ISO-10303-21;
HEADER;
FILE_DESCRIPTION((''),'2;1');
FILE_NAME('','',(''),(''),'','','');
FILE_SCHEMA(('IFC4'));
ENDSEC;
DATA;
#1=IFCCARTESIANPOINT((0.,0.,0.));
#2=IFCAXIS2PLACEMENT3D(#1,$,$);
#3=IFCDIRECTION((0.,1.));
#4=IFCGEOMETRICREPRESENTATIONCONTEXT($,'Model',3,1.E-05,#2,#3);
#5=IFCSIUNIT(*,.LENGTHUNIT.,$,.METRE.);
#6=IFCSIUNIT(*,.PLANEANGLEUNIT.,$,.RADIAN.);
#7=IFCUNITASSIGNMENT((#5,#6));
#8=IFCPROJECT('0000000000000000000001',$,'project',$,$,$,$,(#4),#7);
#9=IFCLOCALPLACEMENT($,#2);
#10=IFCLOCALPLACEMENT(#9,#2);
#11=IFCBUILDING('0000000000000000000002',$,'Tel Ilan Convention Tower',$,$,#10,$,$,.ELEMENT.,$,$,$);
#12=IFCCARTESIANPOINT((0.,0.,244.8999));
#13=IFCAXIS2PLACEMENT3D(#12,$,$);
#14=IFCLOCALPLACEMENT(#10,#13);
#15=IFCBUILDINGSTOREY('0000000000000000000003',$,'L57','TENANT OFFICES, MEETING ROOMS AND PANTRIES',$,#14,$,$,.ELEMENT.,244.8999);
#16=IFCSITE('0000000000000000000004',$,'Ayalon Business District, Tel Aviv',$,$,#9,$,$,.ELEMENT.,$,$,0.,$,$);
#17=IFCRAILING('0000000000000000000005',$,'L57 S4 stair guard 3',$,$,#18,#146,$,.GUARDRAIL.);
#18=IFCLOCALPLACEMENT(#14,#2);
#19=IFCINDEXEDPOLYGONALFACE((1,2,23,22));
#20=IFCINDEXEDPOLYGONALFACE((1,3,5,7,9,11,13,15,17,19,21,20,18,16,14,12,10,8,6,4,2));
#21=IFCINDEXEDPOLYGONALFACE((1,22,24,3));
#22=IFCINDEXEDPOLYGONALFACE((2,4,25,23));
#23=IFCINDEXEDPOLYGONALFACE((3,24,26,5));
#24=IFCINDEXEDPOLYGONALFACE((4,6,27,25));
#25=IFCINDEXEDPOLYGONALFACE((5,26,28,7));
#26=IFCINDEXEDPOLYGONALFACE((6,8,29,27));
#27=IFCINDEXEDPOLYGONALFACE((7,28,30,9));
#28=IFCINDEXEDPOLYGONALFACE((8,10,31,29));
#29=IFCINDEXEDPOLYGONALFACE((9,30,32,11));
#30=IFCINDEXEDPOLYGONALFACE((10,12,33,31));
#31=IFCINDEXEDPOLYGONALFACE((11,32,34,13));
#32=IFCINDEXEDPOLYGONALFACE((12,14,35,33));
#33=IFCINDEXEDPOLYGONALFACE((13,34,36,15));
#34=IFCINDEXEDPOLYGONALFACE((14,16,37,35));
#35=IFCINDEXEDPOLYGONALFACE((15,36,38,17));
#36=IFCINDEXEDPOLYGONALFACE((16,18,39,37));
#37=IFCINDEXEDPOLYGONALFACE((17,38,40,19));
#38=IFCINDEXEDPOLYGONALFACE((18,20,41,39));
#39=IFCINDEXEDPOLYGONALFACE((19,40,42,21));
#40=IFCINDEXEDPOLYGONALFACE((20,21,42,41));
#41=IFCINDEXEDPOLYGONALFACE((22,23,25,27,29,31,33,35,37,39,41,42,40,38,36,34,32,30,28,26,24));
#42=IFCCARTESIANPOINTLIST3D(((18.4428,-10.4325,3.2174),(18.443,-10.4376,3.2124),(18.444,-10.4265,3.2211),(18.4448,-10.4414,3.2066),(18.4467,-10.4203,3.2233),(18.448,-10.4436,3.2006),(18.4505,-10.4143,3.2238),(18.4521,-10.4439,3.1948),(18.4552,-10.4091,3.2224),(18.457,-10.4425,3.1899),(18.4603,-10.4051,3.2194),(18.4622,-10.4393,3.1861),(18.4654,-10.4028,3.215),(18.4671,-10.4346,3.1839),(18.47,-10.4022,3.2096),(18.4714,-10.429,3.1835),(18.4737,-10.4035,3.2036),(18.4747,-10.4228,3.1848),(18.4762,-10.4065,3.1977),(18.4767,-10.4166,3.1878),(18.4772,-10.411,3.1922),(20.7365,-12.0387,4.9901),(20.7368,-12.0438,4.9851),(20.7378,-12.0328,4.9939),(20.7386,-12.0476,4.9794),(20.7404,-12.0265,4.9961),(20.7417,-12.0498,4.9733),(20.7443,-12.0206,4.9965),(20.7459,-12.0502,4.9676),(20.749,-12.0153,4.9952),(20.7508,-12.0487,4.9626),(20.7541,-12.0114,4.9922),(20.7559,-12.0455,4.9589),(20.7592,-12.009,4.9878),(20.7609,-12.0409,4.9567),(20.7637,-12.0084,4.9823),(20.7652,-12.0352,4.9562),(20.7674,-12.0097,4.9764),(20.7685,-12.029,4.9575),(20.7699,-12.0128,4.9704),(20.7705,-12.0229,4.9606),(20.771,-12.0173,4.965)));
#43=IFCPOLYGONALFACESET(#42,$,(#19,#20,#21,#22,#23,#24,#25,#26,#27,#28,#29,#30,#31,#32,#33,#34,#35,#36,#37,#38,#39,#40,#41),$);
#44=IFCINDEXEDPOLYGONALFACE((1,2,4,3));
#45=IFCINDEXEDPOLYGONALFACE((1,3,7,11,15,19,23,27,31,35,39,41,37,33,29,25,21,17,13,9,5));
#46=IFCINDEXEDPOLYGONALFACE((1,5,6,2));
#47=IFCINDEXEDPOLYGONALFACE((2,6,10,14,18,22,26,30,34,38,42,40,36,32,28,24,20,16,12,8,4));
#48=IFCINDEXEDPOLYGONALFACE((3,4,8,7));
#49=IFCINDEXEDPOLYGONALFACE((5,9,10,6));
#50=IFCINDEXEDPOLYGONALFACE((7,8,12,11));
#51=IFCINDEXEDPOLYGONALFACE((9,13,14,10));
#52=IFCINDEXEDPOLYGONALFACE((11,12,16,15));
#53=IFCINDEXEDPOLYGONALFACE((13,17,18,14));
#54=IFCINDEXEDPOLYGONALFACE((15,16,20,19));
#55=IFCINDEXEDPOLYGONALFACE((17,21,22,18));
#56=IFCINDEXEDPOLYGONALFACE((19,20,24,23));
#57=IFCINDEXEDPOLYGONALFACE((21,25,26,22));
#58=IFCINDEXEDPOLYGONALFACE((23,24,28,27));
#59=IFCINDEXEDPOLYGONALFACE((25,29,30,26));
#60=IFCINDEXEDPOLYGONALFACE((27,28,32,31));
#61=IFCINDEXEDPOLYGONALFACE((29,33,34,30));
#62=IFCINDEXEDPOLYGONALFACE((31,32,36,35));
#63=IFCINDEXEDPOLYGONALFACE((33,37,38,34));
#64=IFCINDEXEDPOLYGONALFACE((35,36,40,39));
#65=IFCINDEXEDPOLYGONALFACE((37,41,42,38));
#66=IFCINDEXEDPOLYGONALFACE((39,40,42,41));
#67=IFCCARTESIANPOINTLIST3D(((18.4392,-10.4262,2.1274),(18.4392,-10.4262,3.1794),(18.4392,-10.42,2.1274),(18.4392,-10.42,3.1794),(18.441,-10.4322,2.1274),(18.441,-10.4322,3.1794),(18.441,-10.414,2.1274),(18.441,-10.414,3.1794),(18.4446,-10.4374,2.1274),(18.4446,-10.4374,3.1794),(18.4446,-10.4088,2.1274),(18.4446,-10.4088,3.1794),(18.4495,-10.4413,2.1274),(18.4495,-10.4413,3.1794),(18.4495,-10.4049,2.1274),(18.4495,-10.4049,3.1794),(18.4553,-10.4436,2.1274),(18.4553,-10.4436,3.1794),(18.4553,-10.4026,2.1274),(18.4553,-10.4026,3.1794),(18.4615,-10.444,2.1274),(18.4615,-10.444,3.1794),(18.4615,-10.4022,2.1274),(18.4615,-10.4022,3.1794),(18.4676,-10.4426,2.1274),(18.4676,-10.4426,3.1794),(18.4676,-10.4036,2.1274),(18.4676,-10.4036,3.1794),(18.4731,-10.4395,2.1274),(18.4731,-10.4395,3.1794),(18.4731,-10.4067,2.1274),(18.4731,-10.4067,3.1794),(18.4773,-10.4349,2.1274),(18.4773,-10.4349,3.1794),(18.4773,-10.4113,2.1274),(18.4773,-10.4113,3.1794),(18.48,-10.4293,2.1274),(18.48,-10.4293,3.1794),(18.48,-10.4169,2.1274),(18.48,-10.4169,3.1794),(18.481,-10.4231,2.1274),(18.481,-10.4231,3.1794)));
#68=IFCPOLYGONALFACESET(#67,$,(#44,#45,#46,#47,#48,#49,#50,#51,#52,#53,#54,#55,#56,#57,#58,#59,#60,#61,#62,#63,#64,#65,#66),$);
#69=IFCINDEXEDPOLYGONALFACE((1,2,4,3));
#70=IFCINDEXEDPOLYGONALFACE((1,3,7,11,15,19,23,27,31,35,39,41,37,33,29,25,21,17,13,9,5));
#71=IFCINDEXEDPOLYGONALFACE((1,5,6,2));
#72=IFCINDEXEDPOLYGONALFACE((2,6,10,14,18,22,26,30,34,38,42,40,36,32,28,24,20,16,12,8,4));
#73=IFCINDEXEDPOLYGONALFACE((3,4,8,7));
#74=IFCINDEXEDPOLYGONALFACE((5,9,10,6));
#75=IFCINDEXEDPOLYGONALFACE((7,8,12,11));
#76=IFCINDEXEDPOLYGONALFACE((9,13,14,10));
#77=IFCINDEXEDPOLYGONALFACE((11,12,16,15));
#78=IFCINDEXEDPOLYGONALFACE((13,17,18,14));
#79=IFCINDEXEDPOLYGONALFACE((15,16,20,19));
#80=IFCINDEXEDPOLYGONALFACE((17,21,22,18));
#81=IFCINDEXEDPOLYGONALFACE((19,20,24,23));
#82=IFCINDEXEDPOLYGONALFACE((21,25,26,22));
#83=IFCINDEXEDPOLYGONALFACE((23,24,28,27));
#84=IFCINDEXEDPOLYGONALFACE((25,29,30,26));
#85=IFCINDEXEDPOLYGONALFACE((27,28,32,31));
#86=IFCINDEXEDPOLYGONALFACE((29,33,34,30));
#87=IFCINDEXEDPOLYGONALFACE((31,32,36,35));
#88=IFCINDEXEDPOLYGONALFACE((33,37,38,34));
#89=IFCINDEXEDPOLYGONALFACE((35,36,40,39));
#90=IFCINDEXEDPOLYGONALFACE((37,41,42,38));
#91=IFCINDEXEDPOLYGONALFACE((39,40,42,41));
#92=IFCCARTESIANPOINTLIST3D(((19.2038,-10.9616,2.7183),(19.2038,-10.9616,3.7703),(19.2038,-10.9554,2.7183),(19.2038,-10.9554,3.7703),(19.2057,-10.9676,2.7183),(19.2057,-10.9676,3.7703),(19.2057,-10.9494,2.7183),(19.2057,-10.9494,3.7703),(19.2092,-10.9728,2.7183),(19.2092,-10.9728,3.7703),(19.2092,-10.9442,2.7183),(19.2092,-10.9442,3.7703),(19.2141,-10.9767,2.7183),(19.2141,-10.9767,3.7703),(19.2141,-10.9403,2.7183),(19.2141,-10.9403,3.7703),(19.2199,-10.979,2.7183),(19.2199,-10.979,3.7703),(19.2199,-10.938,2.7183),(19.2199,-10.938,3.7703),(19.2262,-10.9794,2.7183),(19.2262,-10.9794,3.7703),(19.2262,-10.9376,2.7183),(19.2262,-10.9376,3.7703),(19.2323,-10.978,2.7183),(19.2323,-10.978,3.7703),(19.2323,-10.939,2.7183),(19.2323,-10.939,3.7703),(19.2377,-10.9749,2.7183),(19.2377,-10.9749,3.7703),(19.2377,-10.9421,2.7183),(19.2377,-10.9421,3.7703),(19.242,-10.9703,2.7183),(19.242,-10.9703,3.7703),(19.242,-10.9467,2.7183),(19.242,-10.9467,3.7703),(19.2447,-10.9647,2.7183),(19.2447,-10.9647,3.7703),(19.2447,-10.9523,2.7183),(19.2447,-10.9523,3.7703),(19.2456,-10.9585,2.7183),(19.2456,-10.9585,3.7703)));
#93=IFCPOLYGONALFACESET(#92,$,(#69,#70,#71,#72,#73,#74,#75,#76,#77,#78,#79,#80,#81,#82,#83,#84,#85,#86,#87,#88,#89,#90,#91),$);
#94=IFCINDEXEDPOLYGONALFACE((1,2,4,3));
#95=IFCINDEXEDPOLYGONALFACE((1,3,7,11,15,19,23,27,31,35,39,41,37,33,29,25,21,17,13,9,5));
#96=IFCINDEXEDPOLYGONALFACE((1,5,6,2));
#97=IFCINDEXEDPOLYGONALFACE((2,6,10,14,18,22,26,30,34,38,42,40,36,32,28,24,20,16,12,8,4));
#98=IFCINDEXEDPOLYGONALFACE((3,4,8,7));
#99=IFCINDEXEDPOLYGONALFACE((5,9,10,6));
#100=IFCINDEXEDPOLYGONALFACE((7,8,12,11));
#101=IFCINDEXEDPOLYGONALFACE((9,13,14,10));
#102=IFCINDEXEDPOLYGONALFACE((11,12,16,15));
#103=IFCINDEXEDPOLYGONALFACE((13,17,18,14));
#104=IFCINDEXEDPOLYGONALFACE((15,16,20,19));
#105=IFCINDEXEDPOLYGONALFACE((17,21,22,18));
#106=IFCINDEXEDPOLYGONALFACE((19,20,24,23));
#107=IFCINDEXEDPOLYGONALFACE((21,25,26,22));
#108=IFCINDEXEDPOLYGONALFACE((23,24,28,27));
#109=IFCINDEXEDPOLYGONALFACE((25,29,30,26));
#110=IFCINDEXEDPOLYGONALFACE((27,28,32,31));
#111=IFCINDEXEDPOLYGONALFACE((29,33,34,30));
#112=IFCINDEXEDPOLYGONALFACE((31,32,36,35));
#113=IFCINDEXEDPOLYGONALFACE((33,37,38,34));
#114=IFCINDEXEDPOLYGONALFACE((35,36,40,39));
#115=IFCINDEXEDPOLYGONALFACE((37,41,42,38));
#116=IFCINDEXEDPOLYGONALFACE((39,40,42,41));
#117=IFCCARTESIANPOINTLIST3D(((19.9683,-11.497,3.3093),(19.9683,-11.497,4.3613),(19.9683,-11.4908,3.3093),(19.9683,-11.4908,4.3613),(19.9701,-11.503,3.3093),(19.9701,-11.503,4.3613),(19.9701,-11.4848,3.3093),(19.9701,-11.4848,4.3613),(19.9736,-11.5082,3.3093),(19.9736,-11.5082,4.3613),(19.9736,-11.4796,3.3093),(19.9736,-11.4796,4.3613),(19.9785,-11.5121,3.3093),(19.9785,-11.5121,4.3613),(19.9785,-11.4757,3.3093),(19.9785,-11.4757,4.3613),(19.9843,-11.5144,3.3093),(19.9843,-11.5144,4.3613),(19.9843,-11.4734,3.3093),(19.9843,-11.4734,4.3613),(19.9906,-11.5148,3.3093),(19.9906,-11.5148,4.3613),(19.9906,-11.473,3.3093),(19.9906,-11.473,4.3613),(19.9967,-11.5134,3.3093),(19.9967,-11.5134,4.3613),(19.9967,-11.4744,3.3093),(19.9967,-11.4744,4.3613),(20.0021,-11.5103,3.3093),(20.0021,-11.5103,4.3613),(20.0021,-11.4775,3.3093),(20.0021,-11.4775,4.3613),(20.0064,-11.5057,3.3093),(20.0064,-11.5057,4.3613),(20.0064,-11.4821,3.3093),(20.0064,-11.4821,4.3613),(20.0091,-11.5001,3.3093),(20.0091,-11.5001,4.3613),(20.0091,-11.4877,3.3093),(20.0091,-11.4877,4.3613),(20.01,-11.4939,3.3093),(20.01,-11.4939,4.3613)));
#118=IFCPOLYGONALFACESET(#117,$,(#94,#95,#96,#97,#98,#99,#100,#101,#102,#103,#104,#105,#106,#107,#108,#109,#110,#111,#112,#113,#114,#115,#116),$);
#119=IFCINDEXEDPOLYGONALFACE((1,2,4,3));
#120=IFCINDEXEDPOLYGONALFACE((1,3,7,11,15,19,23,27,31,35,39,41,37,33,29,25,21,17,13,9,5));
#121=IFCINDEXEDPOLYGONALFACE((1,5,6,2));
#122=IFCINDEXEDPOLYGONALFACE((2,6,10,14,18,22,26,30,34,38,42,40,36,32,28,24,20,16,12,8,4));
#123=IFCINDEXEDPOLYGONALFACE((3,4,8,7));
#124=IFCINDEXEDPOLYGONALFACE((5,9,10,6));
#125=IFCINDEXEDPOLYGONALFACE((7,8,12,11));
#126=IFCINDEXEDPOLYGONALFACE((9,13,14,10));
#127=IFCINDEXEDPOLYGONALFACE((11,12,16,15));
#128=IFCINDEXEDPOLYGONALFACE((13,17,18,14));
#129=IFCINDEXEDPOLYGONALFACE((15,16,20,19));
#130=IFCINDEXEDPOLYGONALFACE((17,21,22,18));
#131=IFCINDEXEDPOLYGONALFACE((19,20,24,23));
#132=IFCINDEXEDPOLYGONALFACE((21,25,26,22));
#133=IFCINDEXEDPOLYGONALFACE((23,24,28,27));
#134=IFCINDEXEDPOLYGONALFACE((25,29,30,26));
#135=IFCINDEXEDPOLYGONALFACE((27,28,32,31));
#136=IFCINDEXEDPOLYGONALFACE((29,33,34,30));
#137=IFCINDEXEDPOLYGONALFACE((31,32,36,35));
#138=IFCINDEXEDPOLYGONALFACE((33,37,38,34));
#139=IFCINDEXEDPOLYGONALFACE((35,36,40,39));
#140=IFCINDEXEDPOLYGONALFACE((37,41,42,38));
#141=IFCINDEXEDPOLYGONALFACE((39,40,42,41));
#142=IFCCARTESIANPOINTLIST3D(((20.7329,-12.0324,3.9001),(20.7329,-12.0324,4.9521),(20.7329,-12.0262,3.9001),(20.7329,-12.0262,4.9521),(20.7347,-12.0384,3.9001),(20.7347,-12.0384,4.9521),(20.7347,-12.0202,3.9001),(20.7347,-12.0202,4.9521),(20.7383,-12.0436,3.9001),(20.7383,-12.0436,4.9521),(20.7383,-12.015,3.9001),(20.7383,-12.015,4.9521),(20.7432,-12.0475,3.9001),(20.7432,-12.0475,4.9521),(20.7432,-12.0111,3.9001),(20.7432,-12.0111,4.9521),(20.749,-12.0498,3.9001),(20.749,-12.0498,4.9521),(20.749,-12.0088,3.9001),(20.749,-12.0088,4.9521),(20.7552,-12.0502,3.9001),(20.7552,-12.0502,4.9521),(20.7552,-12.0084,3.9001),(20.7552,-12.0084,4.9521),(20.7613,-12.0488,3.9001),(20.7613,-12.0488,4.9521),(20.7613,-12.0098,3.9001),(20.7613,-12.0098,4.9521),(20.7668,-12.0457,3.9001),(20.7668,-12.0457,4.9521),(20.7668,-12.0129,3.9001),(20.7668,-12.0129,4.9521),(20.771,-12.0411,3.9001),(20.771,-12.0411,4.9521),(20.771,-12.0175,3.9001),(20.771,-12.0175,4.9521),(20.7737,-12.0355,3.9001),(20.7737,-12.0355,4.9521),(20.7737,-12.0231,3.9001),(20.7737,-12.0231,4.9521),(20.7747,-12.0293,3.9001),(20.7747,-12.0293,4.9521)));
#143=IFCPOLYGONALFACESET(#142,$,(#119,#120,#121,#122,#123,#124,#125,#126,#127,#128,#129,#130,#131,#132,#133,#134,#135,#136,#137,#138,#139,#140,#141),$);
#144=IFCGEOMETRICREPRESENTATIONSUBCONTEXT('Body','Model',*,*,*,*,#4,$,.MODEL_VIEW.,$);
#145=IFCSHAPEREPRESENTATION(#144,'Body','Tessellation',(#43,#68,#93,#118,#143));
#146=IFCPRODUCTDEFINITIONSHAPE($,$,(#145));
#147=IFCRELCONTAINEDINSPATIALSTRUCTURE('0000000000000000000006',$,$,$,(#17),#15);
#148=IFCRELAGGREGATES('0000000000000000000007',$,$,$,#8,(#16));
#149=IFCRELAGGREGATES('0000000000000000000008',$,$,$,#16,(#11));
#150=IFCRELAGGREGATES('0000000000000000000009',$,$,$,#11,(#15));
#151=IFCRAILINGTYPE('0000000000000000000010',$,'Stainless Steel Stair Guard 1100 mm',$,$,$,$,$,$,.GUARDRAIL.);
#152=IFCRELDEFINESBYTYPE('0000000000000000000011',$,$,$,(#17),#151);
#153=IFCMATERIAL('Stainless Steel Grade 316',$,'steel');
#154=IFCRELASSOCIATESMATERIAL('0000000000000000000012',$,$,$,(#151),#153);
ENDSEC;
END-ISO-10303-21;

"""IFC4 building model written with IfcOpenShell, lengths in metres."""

from ifc_helpers import new_model, si_unit, direction, frame, origin, origin_2d, place, context, subcontext, project, spatial, circle, extrude, material, type_object, element, save


model = new_model("IFC4")

# Units and contexts
model_context = context("Model", 3, precision=1e-05, world=origin(), true_north=direction((0.0, 1.0)))
body_context = subcontext(model_context, "Body", "Model", "MODEL_VIEW")
ifc_project = project(units=[si_unit("LENGTHUNIT", "METRE"), si_unit("PLANEANGLEUNIT", "RADIAN")], contexts=[model_context])

# Site, building, storey
site_placement = place(None, origin())
site = spatial("IfcSite", under=ifc_project, at=site_placement, Name="Ayalon Business District, Tel Aviv", CompositionType="ELEMENT", RefElevation=0.0)
building_placement = place(site_placement, origin())
building = spatial("IfcBuilding", under=site, at=building_placement, Name="Tel Ilan Convention Tower", CompositionType="ELEMENT")
storey_placement = place(building_placement, frame((0.0, 0.0, 244.8999)))
storey = spatial("IfcBuildingStorey", under=building, at=storey_placement, Name="L57", Description="TENANT OFFICES, MEETING ROOMS AND PANTRIES", CompositionType="ELEMENT", Elevation=244.8999)

# Railing
ifc_material_1 = material(Name="Stainless Steel Grade 316", Category="steel")
railing_type_1 = type_object("IfcRailingType", Name="Stainless Steel Stair Guard 1100 mm", PredefinedType="GUARDRAIL", material=ifc_material_1)
railing_1_placement = place(storey_placement, frame((18.46, -10.4231, 2.1274)))
element("IfcRailing", 1, at=railing_1_placement, inside=storey, type_object=railing_type_1, Name="L57 S4 stair guard 3", PredefinedType="GUARDRAIL", context=body_context, shape_type="SweptSolid", body=[
    extrude(circle(Radius=0.0239, at=origin_2d()), frame((0.0, 0.0, 1.0762), z_axis=(0.692098, -0.484653, 0.534894), x_axis=(0.573609, 0.81913, 0.0)), (0.0, 0.0, 1.0), 3.3142),
    extrude(circle(Radius=0.021, at=origin_2d()), origin(), (0.0, 0.0, 1.0), 1.052),
    extrude(circle(Radius=0.021, at=origin_2d()), frame((0.7646, -0.5354, 0.5908)), (0.0, 0.0, 1.0), 1.052),
    extrude(circle(Radius=0.021, at=origin_2d()), frame((1.5291, -1.0708, 1.1819)), (0.0, 0.0, 1.0), 1.052),
    extrude(circle(Radius=0.021, at=origin_2d()), frame((2.2937, -1.6062, 1.7727)), (0.0, 0.0, 1.0), 1.052),
])

save(model, "model.ifc")
